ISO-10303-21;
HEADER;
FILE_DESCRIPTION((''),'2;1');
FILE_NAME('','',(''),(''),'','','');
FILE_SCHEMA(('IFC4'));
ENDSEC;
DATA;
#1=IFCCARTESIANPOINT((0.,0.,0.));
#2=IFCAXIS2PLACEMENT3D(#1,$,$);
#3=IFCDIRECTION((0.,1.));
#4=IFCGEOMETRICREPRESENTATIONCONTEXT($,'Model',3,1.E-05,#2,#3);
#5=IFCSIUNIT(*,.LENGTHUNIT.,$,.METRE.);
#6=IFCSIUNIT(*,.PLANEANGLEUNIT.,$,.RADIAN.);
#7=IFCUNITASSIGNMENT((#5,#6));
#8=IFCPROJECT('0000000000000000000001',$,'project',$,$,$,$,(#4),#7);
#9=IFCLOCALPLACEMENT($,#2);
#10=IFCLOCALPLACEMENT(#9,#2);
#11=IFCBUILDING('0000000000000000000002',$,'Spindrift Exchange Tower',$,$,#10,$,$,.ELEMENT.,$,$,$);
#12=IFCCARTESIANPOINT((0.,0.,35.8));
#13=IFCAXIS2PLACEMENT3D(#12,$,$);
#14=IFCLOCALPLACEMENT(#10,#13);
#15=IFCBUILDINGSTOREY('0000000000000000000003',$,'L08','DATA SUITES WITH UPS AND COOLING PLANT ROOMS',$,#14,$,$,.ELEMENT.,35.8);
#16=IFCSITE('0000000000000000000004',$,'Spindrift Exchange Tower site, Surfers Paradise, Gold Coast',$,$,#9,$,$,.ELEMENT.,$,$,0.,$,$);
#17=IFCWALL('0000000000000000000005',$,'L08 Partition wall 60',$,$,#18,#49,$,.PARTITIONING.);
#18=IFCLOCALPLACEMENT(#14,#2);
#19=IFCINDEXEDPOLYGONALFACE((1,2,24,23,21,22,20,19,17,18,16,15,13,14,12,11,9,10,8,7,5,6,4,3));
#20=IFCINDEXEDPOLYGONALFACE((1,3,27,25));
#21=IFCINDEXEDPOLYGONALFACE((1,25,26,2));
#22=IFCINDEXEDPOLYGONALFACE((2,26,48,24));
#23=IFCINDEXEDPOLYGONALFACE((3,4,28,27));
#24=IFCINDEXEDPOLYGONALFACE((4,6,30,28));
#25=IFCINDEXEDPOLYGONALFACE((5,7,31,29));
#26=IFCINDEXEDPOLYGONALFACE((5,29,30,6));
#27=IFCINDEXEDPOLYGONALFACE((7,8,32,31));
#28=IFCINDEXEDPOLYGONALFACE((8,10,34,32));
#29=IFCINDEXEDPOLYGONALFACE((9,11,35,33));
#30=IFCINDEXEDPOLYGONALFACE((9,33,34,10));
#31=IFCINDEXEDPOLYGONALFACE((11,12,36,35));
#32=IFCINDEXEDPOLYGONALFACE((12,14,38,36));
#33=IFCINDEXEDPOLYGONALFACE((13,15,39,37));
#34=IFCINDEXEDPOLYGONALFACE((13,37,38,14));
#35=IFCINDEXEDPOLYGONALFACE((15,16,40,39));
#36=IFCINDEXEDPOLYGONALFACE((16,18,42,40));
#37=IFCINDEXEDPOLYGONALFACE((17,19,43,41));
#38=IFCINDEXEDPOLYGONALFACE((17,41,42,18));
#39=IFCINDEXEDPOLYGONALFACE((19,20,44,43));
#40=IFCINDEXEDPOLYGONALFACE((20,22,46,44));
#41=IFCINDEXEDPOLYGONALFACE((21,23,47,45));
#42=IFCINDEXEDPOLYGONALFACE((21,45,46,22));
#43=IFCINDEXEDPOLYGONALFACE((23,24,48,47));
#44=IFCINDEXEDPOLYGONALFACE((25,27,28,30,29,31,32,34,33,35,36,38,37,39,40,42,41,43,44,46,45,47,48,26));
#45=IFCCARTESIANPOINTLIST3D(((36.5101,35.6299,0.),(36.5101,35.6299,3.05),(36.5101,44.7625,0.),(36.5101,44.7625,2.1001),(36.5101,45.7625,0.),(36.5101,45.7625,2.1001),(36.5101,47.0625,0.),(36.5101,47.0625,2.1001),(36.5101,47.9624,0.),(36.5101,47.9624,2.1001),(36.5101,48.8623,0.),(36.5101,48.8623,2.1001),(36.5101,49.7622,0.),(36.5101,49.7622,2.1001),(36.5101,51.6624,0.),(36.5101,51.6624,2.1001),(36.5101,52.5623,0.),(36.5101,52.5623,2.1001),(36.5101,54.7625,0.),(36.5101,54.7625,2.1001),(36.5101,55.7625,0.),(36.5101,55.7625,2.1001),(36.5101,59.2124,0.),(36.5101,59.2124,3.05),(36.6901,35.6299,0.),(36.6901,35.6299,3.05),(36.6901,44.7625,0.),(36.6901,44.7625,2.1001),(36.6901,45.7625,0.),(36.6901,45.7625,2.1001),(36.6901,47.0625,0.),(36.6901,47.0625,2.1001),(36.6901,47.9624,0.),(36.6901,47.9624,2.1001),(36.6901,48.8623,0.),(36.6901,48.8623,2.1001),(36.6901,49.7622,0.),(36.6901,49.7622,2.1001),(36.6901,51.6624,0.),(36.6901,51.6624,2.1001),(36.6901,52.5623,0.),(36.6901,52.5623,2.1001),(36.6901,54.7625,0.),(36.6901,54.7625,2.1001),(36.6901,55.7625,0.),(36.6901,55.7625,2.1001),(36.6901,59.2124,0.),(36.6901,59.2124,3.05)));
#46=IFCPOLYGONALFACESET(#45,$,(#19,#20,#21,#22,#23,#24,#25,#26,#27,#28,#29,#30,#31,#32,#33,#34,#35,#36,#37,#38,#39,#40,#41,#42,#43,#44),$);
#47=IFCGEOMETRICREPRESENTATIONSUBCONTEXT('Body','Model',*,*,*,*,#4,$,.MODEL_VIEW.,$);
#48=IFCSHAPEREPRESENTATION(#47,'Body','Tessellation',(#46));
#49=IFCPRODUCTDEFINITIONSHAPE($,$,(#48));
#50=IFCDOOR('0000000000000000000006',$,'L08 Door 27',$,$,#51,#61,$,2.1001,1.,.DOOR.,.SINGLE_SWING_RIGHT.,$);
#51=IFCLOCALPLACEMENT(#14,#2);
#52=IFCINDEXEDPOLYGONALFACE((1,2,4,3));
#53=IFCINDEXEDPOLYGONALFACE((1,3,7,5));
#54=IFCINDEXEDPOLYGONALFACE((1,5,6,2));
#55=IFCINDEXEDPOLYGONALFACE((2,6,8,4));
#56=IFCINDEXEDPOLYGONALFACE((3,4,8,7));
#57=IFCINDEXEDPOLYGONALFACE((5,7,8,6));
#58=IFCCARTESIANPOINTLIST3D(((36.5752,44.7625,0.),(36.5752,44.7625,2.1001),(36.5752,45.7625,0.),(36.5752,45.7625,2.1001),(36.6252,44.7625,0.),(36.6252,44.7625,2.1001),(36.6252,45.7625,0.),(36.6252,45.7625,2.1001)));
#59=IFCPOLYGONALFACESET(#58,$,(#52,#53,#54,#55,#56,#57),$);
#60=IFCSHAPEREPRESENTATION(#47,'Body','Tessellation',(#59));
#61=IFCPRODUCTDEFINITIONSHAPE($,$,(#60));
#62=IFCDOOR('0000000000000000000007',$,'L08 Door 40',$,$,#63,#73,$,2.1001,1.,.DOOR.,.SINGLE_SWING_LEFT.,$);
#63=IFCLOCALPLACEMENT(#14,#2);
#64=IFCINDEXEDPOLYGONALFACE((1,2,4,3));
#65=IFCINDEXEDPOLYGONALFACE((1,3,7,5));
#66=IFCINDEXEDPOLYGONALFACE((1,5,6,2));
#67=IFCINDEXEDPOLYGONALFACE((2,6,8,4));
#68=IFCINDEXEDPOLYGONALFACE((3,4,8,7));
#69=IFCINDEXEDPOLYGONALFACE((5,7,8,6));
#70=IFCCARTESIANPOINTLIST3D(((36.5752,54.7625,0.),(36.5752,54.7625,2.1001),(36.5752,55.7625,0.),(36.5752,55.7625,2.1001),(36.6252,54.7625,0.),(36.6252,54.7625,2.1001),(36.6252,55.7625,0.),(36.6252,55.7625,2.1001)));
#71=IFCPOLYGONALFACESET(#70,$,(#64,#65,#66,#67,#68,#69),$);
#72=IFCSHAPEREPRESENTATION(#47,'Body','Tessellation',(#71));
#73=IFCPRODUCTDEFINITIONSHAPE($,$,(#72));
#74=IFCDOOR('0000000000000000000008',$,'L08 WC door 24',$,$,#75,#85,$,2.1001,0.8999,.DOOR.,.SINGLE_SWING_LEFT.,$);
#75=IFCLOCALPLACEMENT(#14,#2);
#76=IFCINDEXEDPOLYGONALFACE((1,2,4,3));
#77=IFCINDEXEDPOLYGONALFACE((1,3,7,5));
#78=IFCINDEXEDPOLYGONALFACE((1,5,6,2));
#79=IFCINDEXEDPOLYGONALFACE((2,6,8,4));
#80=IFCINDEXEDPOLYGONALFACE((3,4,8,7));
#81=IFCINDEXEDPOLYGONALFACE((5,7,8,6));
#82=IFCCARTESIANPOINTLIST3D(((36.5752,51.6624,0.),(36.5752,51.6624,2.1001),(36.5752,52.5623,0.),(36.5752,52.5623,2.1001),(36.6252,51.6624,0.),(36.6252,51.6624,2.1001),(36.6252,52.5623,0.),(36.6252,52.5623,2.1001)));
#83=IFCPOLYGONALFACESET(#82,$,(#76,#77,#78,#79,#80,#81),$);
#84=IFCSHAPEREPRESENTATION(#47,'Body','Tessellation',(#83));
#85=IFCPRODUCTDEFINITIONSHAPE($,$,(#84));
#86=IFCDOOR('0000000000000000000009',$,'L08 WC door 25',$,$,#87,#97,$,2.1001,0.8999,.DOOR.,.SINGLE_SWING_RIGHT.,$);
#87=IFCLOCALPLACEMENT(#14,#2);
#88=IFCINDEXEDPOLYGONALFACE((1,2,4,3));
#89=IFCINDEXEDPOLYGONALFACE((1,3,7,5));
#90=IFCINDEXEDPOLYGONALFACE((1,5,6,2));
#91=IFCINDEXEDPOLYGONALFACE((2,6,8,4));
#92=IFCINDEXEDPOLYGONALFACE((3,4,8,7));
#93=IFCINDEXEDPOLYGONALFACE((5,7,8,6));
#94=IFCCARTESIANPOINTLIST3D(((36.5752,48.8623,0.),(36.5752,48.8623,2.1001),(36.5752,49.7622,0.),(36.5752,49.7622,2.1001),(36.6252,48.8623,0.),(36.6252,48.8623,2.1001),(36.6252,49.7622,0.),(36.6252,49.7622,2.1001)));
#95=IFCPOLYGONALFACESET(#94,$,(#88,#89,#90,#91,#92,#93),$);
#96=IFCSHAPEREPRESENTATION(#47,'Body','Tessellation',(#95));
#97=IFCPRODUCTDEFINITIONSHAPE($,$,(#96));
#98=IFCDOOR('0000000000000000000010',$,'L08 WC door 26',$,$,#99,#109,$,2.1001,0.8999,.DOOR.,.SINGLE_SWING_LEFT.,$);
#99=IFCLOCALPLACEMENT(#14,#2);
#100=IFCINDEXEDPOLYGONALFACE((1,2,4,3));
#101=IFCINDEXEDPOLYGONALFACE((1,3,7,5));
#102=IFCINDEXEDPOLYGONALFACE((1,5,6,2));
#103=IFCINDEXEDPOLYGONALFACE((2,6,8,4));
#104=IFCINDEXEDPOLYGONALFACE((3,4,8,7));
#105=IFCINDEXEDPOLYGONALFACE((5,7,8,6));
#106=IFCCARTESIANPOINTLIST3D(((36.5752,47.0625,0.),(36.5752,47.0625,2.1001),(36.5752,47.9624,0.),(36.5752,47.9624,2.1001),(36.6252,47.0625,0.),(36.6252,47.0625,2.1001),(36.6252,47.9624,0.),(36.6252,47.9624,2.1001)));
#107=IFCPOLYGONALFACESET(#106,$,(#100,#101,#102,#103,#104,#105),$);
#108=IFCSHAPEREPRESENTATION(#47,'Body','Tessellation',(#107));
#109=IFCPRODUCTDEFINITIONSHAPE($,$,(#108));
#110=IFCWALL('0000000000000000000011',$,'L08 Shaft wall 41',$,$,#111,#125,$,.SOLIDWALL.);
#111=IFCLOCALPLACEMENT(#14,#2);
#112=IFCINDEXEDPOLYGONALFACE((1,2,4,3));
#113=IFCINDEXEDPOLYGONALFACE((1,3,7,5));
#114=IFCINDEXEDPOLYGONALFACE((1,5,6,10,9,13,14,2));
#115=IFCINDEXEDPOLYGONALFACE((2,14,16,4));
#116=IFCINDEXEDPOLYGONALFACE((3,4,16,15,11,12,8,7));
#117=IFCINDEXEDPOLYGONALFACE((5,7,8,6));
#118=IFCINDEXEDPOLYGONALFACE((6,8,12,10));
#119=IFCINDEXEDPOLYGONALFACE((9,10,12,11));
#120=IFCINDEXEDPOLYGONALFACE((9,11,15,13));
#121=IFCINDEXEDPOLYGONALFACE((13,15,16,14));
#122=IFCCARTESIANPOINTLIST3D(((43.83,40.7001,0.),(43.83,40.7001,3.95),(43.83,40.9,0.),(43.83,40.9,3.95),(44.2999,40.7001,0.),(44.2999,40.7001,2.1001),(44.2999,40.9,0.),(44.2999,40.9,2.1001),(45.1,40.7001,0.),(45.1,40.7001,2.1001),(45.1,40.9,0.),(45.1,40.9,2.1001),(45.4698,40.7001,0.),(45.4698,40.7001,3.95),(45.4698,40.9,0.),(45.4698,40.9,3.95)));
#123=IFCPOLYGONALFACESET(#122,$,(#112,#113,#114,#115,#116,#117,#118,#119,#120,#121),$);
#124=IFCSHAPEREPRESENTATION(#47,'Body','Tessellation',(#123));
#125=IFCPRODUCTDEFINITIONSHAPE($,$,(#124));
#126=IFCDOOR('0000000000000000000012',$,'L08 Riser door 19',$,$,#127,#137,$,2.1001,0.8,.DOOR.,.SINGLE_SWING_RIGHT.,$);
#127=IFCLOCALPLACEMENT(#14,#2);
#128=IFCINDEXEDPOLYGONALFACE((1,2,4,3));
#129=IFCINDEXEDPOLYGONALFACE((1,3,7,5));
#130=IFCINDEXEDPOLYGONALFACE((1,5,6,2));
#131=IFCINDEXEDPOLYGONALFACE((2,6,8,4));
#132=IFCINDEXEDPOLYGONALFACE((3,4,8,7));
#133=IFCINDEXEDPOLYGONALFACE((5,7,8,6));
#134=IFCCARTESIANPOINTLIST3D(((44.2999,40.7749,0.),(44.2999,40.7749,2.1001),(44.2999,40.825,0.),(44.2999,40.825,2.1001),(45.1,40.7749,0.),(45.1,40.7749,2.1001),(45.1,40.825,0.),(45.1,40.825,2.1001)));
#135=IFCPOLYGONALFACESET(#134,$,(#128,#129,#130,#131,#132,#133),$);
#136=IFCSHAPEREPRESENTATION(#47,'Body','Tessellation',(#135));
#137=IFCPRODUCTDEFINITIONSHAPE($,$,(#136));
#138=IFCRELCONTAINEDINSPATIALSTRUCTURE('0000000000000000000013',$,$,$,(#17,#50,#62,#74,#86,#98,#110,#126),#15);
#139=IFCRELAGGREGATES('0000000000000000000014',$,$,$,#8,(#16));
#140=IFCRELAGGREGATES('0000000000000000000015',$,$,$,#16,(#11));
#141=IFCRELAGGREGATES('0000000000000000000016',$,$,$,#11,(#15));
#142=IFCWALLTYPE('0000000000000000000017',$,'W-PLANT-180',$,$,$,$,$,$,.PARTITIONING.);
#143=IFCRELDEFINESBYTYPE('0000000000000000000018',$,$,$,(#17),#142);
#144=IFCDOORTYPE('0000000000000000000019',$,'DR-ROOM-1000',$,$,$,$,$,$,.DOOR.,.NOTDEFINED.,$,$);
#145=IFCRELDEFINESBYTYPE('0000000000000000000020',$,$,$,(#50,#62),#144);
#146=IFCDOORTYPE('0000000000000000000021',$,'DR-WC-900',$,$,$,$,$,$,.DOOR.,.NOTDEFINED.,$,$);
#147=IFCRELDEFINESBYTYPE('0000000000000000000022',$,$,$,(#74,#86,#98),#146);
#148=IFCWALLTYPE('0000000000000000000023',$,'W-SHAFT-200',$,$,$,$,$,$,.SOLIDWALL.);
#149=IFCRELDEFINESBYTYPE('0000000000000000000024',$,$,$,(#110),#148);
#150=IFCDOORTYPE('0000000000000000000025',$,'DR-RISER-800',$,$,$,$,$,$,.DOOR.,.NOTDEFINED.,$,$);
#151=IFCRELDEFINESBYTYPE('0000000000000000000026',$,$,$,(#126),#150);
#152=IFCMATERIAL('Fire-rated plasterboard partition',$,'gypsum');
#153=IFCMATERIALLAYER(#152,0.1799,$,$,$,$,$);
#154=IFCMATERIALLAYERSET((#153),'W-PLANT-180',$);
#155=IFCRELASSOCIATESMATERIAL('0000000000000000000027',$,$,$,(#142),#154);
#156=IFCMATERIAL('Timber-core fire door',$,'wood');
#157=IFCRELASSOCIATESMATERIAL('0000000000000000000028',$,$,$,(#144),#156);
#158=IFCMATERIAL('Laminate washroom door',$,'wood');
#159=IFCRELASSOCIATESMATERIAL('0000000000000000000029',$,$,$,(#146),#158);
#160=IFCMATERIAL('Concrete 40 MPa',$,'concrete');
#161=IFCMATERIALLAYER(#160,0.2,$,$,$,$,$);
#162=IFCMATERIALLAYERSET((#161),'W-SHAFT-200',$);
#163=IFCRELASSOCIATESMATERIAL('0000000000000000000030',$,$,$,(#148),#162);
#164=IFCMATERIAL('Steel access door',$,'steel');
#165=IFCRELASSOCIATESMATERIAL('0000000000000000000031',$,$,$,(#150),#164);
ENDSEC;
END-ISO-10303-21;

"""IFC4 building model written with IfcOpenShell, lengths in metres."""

from ifc_helpers import new_model, si_unit, direction, frame, frame_2d, origin, place, context, subcontext, project, spatial, rectangle, extrude, source, transform, mapped, material, layer, layer_set, type_object, element, fill, save


model = new_model("IFC4")

# Units and contexts
model_context = context("Model", 3, precision=1e-05, world=origin(), true_north=direction((0.0, 1.0)))
body_context = subcontext(model_context, "Body", "Model", "MODEL_VIEW")
ifc_project = project(units=[si_unit("LENGTHUNIT", "METRE"), si_unit("PLANEANGLEUNIT", "RADIAN")], contexts=[model_context])

# Site, building, storey
site_placement = place(None, origin())
site = spatial("IfcSite", under=ifc_project, at=site_placement, Name="Spindrift Exchange Tower site, Surfers Paradise, Gold Coast", CompositionType="ELEMENT", RefElevation=0.0)
building_placement = place(site_placement, origin())
building = spatial("IfcBuilding", under=site, at=building_placement, Name="Spindrift Exchange Tower", CompositionType="ELEMENT")
storey_placement = place(building_placement, frame((0.0, 0.0, 35.8)))
storey = spatial("IfcBuildingStorey", under=building, at=storey_placement, Name="L08", Description="DATA SUITES WITH UPS AND COOLING PLANT ROOMS", CompositionType="ELEMENT", Elevation=35.8)

# Shared definitions
ifc_material_1 = material(Name="Fire-rated plasterboard partition", Category="gypsum")
ifc_material_2 = material(Name="Steel access door", Category="steel")

# Wall, openings, doors
ifc_layer_1 = layer(ifc_material_1, 0.1799)
ifc_layer_set_1 = layer_set([ifc_layer_1], Name="W-PLANT-180")
wall_type_1 = type_object("IfcWallType", Name="W-PLANT-180", PredefinedType="PARTITIONING", material=ifc_layer_set_1)
wall_1_placement = place(storey_placement, frame((36.6001, 35.6299, 0.0), z_axis=(0.0, 0.0, 1.0), x_axis=(0.0, 1.0, 0.0)))
wall_1 = element("IfcWall", 1, at=wall_1_placement, inside=storey, type_object=wall_type_1, Name="L08 Partition wall 60", PredefinedType="PARTITIONING", context=body_context, shape_type="SweptSolid", body=[
    extrude(rectangle(XDim=23.5825, YDim=0.1799, at=frame_2d((11.7913, 0.0))), origin(), (0.0, 0.0, 1.0), 3.05),
])
opening_1_placement = place(wall_1_placement, frame((16.0325, 0.0, 0.0)))
opening_1 = element("IfcOpeningElement", 2, at=opening_1_placement, cuts=wall_1, PredefinedType="OPENING", context=body_context, shape_type="SweptSolid", body=[
    extrude(rectangle(XDim=0.8999, YDim=2.1001, at=frame_2d((0.45, 1.05))), frame((0.0, 0.0999, 0.0), z_axis=(0.0, -1.0, 0.0), x_axis=(1.0, 0.0, 0.0)), (0.0, 0.0, 1.0), 0.2),
])
opening_2_placement = place(wall_1_placement, frame((13.2324, 0.0, 0.0)))
opening_2 = element("IfcOpeningElement", 3, at=opening_2_placement, cuts=wall_1, PredefinedType="OPENING", context=body_context, shape_type="SweptSolid", body=[
    extrude(rectangle(XDim=0.8999, YDim=2.1001, at=frame_2d((0.45, 1.05))), frame((0.0, 0.0999, 0.0), z_axis=(0.0, -1.0, 0.0), x_axis=(1.0, 0.0, 0.0)), (0.0, 0.0, 1.0), 0.2),
])
opening_3_placement = place(wall_1_placement, frame((11.4326, 0.0, 0.0)))
opening_3 = element("IfcOpeningElement", 4, at=opening_3_placement, cuts=wall_1, PredefinedType="OPENING", context=body_context, shape_type="SweptSolid", body=[
    extrude(rectangle(XDim=0.8999, YDim=2.1001, at=frame_2d((0.45, 1.05))), frame((0.0, 0.0999, 0.0), z_axis=(0.0, -1.0, 0.0), x_axis=(1.0, 0.0, 0.0)), (0.0, 0.0, 1.0), 0.2),
])
opening_4_placement = place(wall_1_placement, frame((9.1326, 0.0, 0.0)))
opening_4 = element("IfcOpeningElement", 5, at=opening_4_placement, cuts=wall_1, PredefinedType="OPENING", context=body_context, shape_type="SweptSolid", body=[
    extrude(rectangle(XDim=1.0, YDim=2.1001, at=frame_2d((0.5, 1.05))), frame((0.0, 0.0999, 0.0), z_axis=(0.0, -1.0, 0.0), x_axis=(1.0, 0.0, 0.0)), (0.0, 0.0, 1.0), 0.2),
])
opening_5_placement = place(wall_1_placement, frame((19.1326, 0.0, 0.0)))
opening_5 = element("IfcOpeningElement", 6, at=opening_5_placement, cuts=wall_1, PredefinedType="OPENING", context=body_context, shape_type="SweptSolid", body=[
    extrude(rectangle(XDim=1.0, YDim=2.1001, at=frame_2d((0.5, 1.05))), frame((0.0, 0.0999, 0.0), z_axis=(0.0, -1.0, 0.0), x_axis=(1.0, 0.0, 0.0)), (0.0, 0.0, 1.0), 0.2),
])
ifc_material_3 = material(Name="Timber-core fire door", Category="wood")
door_type_1 = type_object("IfcDoorType", Name="DR-ROOM-1000", OperationType="NOTDEFINED", PredefinedType="DOOR", material=ifc_material_3)
shared_shape_1 = source(origin(), body_context, "Body", "SweptSolid", [
    extrude(rectangle(XDim=1.0, YDim=2.1001, at=frame_2d((0.5, 1.05))), frame((0.0, 0.0249, 0.0), z_axis=(0.0, -1.0, 0.0), x_axis=(1.0, 0.0, 0.0)), (0.0, 0.0, 1.0), 0.05),
])
door_1_placement = place(opening_4_placement, origin())
door_1 = element("IfcDoor", 7, at=door_1_placement, inside=storey, type_object=door_type_1, Name="L08 Door 27", OperationType="SINGLE_SWING_RIGHT", OverallHeight=2.1001, OverallWidth=1.0, PredefinedType="DOOR", context=body_context, shape_type="MappedRepresentation", body=[
    mapped(shared_shape_1, transform((0.0, 0.0, 0.0), scale=1.0)),
])
fill(opening_4, door_1)
door_2_placement = place(opening_5_placement, origin())
door_2 = element("IfcDoor", 8, at=door_2_placement, inside=storey, type_object=door_type_1, Name="L08 Door 40", OperationType="SINGLE_SWING_LEFT", OverallHeight=2.1001, OverallWidth=1.0, PredefinedType="DOOR", context=body_context, shape_type="MappedRepresentation", body=[
    mapped(shared_shape_1, transform((0.0, 0.0, 0.0), scale=1.0)),
])
fill(opening_5, door_2)
ifc_material_4 = material(Name="Laminate washroom door", Category="wood")
door_type_2 = type_object("IfcDoorType", Name="DR-WC-900", OperationType="NOTDEFINED", PredefinedType="DOOR", material=ifc_material_4)
shared_shape_2 = source(origin(), body_context, "Body", "SweptSolid", [
    extrude(rectangle(XDim=0.8999, YDim=2.1001, at=frame_2d((0.45, 1.05))), frame((0.0, 0.0249, 0.0), z_axis=(0.0, -1.0, 0.0), x_axis=(1.0, 0.0, 0.0)), (0.0, 0.0, 1.0), 0.05),
])
door_3_placement = place(opening_1_placement, origin())
door_3 = element("IfcDoor", 9, at=door_3_placement, inside=storey, type_object=door_type_2, Name="L08 WC door 24", OperationType="SINGLE_SWING_LEFT", OverallHeight=2.1001, OverallWidth=0.8999, PredefinedType="DOOR", context=body_context, shape_type="MappedRepresentation", body=[
    mapped(shared_shape_2, transform((0.0, 0.0, 0.0), scale=1.0)),
])
fill(opening_1, door_3)
door_4_placement = place(opening_2_placement, origin())
door_4 = element("IfcDoor", 10, at=door_4_placement, inside=storey, type_object=door_type_2, Name="L08 WC door 25", OperationType="SINGLE_SWING_RIGHT", OverallHeight=2.1001, OverallWidth=0.8999, PredefinedType="DOOR", context=body_context, shape_type="MappedRepresentation", body=[
    mapped(shared_shape_2, transform((0.0, 0.0, 0.0), scale=1.0)),
])
fill(opening_2, door_4)
door_5_placement = place(opening_3_placement, origin())
door_5 = element("IfcDoor", 11, at=door_5_placement, inside=storey, type_object=door_type_2, Name="L08 WC door 26", OperationType="SINGLE_SWING_LEFT", OverallHeight=2.1001, OverallWidth=0.8999, PredefinedType="DOOR", context=body_context, shape_type="MappedRepresentation", body=[
    mapped(shared_shape_2, transform((0.0, 0.0, 0.0), scale=1.0)),
])
fill(opening_3, door_5)

# Wall, opening, door
ifc_material_5 = material(Name="Concrete 40 MPa", Category="concrete")
ifc_layer_2 = layer(ifc_material_5, 0.2)
ifc_layer_set_2 = layer_set([ifc_layer_2], Name="W-SHAFT-200")
wall_type_2 = type_object("IfcWallType", Name="W-SHAFT-200", PredefinedType="SOLIDWALL", material=ifc_layer_set_2)
wall_2_placement = place(storey_placement, frame((43.8301, 40.8, 0.0), z_axis=(0.0, 0.0, 1.0), x_axis=(1.0, 0.0, 0.0)))
wall_2 = element("IfcWall", 12, at=wall_2_placement, inside=storey, type_object=wall_type_2, Name="L08 Shaft wall 41", PredefinedType="SOLIDWALL", context=body_context, shape_type="SweptSolid", body=[
    extrude(rectangle(XDim=1.6399, YDim=0.2, at=frame_2d((0.8198, 0.0))), origin(), (0.0, 0.0, 1.0), 3.95),
])
opening_6_placement = place(wall_2_placement, frame((0.47, 0.0, 0.0)))
opening_6 = element("IfcOpeningElement", 13, at=opening_6_placement, cuts=wall_2, PredefinedType="OPENING", context=body_context, shape_type="SweptSolid", body=[
    extrude(rectangle(XDim=0.8, YDim=2.1001, at=frame_2d((0.3999, 1.05))), frame((0.0, 0.1099, 0.0), z_axis=(0.0, -1.0, 0.0), x_axis=(1.0, 0.0, 0.0)), (0.0, 0.0, 1.0), 0.22),
])
door_type_3 = type_object("IfcDoorType", Name="DR-RISER-800", OperationType="NOTDEFINED", PredefinedType="DOOR", material=ifc_material_2)
shared_shape_3 = source(origin(), body_context, "Body", "SweptSolid", [
    extrude(rectangle(XDim=0.8, YDim=2.1001, at=frame_2d((0.3999, 1.05))), frame((0.0, 0.0249, 0.0), z_axis=(0.0, -1.0, 0.0), x_axis=(1.0, 0.0, 0.0)), (0.0, 0.0, 1.0), 0.05),
])
door_6_placement = place(opening_6_placement, origin())
door_6 = element("IfcDoor", 14, at=door_6_placement, inside=storey, type_object=door_type_3, Name="L08 Riser door 19", OperationType="SINGLE_SWING_RIGHT", OverallHeight=2.1001, OverallWidth=0.8, PredefinedType="DOOR", context=body_context, shape_type="MappedRepresentation", body=[
    mapped(shared_shape_3, transform((0.0, 0.0, 0.0), scale=1.0)),
])
fill(opening_6, door_6)

save(model, "model.ifc")
